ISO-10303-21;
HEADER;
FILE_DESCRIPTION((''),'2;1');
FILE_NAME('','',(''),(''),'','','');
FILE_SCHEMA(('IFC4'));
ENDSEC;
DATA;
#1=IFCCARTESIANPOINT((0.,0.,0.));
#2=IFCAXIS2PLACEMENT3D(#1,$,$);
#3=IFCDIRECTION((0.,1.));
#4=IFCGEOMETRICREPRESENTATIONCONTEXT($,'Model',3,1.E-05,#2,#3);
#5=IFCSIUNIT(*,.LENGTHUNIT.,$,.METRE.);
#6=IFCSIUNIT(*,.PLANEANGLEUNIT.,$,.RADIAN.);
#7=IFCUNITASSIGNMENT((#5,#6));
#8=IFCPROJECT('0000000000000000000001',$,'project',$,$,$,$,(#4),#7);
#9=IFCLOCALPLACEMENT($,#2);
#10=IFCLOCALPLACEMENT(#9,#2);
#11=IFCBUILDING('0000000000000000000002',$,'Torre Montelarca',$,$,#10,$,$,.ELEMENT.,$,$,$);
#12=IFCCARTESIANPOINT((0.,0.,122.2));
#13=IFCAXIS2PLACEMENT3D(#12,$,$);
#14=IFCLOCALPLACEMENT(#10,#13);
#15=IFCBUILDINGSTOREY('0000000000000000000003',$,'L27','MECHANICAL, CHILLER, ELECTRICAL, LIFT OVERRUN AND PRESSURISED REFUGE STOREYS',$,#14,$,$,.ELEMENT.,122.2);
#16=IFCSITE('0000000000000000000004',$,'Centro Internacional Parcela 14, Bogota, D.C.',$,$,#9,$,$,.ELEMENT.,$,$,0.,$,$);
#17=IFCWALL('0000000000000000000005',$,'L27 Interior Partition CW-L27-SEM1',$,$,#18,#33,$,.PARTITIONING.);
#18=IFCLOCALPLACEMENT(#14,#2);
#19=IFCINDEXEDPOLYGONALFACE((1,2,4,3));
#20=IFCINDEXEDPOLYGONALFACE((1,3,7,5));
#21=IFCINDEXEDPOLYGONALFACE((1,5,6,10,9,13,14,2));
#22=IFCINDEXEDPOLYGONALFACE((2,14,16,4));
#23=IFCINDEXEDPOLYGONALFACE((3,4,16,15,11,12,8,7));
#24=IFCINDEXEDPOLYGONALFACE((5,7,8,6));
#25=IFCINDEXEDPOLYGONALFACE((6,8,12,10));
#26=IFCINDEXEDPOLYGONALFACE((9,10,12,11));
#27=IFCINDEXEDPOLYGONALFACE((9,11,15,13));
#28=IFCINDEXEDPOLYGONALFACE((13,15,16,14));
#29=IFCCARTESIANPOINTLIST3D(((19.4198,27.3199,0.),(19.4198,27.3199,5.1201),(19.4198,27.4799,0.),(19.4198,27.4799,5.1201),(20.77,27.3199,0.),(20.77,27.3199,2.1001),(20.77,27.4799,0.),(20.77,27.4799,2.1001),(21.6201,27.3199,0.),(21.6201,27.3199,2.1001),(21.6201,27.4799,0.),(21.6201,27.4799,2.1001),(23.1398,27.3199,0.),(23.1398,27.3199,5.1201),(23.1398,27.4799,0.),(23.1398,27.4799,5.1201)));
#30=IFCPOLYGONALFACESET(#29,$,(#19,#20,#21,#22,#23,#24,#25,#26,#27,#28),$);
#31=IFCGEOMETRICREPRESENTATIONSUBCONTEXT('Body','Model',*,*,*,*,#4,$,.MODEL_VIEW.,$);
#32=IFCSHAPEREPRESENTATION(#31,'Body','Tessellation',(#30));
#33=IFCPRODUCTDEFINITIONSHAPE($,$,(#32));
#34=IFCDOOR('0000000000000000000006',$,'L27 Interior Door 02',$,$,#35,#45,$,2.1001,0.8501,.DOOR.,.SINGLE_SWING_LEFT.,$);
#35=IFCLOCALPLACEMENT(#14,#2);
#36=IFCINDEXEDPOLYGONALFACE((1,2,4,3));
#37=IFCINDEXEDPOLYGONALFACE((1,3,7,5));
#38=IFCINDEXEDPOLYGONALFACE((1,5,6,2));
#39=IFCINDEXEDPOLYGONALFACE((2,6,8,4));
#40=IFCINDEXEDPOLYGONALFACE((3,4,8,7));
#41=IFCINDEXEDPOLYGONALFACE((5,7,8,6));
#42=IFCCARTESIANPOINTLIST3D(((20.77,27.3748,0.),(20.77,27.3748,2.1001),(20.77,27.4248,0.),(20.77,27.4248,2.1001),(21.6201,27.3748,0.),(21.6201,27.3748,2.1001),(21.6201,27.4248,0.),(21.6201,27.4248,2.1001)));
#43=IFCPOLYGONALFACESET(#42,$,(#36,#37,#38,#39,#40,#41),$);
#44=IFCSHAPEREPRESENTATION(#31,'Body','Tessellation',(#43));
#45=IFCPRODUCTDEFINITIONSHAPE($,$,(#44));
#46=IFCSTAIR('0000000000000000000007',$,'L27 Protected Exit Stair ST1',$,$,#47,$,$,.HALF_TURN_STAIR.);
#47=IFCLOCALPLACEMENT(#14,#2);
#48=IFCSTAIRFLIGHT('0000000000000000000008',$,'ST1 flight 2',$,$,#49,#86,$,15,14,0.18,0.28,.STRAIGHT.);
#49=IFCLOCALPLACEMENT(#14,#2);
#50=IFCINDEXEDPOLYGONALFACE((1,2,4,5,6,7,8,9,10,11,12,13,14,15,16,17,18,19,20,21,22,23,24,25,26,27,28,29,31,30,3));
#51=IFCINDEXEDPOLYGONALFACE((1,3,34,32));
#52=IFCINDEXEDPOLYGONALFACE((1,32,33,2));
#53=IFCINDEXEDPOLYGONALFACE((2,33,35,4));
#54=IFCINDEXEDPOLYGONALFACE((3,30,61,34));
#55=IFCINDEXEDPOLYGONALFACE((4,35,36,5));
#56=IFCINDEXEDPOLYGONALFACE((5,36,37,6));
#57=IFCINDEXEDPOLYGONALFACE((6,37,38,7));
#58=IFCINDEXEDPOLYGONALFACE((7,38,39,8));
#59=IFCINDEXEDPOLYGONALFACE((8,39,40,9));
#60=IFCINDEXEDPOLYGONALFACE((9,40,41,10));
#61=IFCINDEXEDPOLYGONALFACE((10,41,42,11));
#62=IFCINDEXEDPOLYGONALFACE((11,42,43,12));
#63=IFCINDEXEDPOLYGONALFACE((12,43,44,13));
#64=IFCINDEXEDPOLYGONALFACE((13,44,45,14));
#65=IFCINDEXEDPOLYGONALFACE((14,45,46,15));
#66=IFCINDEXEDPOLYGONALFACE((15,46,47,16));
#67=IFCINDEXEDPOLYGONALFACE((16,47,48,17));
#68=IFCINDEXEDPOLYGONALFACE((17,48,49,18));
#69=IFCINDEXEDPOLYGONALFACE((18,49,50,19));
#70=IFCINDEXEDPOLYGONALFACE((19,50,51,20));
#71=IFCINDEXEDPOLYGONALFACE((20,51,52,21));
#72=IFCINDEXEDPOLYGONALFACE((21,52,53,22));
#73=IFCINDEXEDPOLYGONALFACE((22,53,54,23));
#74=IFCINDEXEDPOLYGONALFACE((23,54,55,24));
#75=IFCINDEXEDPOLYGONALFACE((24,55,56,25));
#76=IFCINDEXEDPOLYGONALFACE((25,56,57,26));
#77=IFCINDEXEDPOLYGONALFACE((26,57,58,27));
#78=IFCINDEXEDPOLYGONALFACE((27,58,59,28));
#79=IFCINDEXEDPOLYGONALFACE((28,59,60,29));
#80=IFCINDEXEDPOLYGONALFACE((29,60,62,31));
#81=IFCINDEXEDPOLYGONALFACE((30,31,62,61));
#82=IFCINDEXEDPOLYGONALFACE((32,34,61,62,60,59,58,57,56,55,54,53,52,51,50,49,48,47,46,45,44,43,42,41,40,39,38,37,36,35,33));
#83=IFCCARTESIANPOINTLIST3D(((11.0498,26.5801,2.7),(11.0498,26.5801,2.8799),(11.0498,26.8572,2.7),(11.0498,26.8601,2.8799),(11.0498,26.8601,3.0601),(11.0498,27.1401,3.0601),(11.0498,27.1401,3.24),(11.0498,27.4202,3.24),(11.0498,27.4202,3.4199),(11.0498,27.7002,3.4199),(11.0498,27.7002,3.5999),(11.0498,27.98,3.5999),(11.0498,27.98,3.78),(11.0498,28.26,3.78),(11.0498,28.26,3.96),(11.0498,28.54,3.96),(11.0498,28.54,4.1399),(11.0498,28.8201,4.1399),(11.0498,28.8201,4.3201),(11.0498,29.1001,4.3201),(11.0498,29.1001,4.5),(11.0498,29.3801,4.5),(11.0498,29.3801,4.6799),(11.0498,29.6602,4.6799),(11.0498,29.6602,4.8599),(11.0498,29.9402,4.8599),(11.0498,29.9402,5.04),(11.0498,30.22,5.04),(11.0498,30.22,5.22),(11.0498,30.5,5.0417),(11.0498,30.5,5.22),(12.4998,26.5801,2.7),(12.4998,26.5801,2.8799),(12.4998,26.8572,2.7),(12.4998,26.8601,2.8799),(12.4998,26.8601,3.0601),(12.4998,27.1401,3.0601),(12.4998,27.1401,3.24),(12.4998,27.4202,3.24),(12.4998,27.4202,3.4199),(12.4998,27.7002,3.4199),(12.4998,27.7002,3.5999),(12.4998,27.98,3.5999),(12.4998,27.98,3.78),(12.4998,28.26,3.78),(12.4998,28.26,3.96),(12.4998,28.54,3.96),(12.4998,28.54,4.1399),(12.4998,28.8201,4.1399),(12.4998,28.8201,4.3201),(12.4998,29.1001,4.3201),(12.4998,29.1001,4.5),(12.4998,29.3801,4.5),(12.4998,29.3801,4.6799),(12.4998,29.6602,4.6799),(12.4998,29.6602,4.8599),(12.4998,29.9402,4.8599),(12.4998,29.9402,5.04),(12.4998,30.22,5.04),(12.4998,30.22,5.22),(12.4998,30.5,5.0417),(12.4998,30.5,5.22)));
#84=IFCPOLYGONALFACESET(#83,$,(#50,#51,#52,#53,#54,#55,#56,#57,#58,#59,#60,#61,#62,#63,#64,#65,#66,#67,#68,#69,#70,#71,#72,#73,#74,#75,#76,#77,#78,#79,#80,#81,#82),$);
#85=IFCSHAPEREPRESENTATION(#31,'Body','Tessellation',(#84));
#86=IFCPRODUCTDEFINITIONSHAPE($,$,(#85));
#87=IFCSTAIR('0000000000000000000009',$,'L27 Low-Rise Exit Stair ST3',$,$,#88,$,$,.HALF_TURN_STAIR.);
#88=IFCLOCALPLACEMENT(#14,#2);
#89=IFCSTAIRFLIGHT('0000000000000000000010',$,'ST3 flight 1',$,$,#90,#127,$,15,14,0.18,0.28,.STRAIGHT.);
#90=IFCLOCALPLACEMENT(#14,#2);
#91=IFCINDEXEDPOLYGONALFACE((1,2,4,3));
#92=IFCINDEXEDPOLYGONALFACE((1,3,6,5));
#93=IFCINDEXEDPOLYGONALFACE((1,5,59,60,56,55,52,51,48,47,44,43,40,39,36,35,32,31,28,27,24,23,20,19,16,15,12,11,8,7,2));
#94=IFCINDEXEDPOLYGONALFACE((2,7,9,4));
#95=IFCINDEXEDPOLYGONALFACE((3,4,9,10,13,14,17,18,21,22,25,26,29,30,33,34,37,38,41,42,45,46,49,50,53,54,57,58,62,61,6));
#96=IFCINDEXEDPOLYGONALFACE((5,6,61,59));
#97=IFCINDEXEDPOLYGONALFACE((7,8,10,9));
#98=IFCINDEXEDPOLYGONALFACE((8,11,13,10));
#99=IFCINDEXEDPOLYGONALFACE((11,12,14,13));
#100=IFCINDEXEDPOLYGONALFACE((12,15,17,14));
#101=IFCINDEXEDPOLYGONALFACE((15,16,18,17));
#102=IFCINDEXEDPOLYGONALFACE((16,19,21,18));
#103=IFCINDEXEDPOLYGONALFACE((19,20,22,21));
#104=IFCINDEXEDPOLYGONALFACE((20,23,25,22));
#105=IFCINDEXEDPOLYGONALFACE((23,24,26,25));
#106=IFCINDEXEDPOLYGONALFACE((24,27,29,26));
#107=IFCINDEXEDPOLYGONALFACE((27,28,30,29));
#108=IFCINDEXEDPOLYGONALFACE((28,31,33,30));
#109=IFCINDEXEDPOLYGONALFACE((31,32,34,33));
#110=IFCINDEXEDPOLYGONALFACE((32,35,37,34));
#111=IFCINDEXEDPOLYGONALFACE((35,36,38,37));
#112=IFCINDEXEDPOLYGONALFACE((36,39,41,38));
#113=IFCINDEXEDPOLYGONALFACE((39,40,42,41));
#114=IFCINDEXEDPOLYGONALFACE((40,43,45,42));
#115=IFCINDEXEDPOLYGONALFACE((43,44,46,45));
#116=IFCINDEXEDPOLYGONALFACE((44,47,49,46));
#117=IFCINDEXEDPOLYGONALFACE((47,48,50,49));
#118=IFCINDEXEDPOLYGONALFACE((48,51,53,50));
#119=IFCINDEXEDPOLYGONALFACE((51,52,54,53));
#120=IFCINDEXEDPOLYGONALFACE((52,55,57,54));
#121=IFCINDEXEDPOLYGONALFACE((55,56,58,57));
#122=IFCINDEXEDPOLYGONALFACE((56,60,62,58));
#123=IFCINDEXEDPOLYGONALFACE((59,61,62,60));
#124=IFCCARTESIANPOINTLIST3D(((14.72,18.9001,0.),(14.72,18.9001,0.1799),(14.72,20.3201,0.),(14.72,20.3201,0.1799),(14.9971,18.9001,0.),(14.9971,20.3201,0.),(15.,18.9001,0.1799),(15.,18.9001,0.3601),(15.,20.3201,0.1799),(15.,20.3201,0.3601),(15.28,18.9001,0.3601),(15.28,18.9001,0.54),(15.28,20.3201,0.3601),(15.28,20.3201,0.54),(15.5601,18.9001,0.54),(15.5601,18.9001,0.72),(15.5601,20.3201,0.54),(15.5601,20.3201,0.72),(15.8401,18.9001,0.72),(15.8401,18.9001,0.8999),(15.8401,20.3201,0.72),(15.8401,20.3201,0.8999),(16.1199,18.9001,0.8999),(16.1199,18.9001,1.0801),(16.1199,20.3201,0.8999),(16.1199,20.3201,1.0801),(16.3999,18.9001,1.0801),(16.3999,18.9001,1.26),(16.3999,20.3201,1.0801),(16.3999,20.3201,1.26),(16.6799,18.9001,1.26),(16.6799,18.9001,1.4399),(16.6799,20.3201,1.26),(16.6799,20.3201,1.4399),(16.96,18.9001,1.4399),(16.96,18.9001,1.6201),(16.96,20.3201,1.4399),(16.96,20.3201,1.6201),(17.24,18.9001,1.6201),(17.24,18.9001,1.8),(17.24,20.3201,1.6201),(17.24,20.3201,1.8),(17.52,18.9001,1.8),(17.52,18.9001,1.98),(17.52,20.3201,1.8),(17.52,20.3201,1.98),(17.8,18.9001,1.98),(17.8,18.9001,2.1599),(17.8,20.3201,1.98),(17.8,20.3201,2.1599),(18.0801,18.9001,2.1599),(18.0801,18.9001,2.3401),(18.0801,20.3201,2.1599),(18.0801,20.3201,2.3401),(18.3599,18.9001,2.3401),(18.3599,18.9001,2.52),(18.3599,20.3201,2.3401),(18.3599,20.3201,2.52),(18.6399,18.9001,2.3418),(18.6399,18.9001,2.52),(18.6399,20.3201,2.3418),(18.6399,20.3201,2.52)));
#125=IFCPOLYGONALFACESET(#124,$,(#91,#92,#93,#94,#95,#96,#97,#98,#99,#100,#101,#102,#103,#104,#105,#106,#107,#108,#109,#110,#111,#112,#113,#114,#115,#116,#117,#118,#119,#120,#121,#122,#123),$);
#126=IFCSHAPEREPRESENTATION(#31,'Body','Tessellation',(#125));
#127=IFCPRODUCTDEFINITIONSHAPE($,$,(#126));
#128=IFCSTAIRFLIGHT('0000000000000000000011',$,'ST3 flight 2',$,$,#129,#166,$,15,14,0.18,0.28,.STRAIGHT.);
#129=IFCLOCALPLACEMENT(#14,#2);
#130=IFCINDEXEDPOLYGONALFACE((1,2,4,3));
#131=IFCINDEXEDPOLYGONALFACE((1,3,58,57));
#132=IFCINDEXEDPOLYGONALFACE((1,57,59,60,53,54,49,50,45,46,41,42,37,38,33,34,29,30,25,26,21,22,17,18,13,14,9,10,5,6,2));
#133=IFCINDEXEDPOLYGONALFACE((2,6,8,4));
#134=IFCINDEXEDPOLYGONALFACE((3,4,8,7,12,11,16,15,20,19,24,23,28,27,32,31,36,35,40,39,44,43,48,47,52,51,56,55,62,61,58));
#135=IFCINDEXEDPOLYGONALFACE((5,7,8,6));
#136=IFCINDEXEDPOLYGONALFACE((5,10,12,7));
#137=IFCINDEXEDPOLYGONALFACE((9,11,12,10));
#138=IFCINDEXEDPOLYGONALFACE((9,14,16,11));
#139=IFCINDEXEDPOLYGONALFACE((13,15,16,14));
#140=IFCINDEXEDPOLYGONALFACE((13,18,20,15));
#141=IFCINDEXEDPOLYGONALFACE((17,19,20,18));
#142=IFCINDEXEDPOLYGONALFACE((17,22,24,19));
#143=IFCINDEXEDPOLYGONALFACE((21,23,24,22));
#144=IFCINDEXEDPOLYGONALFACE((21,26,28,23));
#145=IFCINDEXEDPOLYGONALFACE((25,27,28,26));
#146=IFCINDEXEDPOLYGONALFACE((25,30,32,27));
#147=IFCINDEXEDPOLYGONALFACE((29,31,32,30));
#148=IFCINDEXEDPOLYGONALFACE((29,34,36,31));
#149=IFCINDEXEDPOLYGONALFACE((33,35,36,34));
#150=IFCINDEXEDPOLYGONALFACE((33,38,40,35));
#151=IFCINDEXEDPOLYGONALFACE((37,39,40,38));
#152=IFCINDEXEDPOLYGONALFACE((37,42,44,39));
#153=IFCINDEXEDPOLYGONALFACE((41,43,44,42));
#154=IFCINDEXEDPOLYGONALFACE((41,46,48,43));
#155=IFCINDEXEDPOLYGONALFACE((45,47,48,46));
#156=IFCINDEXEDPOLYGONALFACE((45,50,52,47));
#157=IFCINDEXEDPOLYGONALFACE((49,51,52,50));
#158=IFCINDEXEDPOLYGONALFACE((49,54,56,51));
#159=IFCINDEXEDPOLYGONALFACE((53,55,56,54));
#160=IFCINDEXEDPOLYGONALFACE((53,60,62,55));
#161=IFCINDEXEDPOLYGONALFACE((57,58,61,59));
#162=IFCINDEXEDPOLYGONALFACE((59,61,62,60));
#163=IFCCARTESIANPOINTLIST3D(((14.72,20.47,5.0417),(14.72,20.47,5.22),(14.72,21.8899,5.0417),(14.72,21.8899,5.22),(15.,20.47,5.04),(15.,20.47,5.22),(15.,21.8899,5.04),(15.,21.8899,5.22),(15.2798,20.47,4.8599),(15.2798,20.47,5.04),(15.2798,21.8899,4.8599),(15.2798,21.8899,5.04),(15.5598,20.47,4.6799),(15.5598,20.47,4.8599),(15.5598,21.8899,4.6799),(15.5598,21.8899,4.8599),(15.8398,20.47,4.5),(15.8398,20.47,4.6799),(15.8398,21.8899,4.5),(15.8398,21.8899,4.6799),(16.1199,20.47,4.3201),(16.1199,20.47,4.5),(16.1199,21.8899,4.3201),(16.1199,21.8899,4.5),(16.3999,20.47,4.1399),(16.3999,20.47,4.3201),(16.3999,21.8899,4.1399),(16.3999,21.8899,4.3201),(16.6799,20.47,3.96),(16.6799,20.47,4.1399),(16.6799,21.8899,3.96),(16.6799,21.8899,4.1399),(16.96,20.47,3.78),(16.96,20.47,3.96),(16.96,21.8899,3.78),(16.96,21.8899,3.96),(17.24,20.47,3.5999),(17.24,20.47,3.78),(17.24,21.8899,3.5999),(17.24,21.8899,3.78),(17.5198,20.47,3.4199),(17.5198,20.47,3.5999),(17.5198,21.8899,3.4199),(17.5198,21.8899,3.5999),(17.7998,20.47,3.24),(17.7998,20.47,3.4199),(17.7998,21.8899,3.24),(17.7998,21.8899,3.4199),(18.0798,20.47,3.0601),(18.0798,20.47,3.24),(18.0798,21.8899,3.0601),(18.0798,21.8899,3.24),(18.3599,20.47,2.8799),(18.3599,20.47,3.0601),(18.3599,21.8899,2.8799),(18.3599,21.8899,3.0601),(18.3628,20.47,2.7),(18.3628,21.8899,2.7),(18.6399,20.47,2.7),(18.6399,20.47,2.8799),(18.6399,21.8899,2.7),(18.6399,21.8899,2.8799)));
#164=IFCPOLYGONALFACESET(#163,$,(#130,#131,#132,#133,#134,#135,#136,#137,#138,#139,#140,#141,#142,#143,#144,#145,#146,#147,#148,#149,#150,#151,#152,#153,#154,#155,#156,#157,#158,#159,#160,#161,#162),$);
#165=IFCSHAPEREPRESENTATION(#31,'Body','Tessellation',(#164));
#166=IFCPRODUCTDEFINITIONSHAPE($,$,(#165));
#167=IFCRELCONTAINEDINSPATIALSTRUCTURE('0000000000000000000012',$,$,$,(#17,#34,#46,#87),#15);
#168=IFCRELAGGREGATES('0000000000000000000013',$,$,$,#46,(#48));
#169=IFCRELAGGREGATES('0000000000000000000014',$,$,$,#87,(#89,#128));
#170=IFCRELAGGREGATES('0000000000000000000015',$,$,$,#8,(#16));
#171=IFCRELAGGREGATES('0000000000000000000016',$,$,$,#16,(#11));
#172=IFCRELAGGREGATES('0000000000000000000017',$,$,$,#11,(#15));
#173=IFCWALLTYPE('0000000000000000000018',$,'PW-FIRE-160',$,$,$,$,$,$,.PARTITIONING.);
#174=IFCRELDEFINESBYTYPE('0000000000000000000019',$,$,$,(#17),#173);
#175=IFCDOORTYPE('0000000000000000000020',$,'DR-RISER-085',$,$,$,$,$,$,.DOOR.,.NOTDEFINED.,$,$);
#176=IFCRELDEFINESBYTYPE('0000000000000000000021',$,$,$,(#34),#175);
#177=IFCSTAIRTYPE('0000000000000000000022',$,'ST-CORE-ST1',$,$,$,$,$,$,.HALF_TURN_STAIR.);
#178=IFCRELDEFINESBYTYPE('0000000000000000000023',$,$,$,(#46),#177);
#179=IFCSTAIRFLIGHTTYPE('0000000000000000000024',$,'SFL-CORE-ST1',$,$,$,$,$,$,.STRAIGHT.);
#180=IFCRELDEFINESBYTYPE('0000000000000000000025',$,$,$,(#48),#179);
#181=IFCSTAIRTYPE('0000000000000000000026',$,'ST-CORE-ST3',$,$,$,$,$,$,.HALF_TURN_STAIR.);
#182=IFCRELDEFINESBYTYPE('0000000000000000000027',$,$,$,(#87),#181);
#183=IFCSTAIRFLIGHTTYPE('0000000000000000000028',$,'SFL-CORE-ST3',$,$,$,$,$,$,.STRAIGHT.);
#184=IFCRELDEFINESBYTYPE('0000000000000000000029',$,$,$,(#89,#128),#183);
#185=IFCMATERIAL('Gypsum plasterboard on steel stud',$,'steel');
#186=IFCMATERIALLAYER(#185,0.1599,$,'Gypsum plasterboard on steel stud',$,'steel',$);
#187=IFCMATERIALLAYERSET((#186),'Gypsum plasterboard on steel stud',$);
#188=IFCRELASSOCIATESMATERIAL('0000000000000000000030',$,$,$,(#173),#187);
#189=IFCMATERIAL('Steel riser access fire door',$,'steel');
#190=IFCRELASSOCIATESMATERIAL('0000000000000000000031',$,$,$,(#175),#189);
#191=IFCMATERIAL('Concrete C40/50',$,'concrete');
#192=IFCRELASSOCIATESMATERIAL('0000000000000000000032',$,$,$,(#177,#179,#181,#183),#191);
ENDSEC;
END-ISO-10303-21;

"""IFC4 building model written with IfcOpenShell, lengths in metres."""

from ifc_helpers import new_model, si_unit, direction, frame, frame_2d, origin, place, context, subcontext, project, spatial, polyline, rectangle, outline, extrude, source, transform, mapped, material, layer, layer_set, type_object, element, fill, aggregate, save


model = new_model("IFC4")

# Units and contexts
model_context = context("Model", 3, precision=1e-05, world=origin(), true_north=direction((0.0, 1.0)))
body_context = subcontext(model_context, "Body", "Model", "MODEL_VIEW")
ifc_project = project(units=[si_unit("LENGTHUNIT", "METRE"), si_unit("PLANEANGLEUNIT", "RADIAN")], contexts=[model_context])

# Site, building, storey
site_placement = place(None, origin())
site = spatial("IfcSite", under=ifc_project, at=site_placement, Name="Centro Internacional Parcela 14, Bogota, D.C.", CompositionType="ELEMENT", RefElevation=0.0)
building_placement = place(site_placement, origin())
building = spatial("IfcBuilding", under=site, at=building_placement, Name="Torre Montelarca", CompositionType="ELEMENT")
storey_placement = place(building_placement, frame((0.0, 0.0, 122.2)))
storey = spatial("IfcBuildingStorey", under=building, at=storey_placement, Name="L27", Description="MECHANICAL, CHILLER, ELECTRICAL, LIFT OVERRUN AND PRESSURISED REFUGE STOREYS", CompositionType="ELEMENT", Elevation=122.2)

# Shared definitions
ifc_material_1 = material(Name="Concrete C40/50", Category="concrete")

# Wall, opening, door
ifc_material_2 = material(Name="Gypsum plasterboard on steel stud", Category="steel")
ifc_layer_1 = layer(ifc_material_2, 0.1599, Name="Gypsum plasterboard on steel stud", Category="steel")
ifc_layer_set_1 = layer_set([ifc_layer_1], Name="Gypsum plasterboard on steel stud")
wall_type_1 = type_object("IfcWallType", Name="PW-FIRE-160", PredefinedType="PARTITIONING", material=ifc_layer_set_1)
wall_1_placement = place(storey_placement, frame((19.4199, 27.3999, 0.0), z_axis=(0.0, 0.0, 1.0), x_axis=(1.0, 0.0, 0.0)))
wall_1 = element("IfcWall", 1, at=wall_1_placement, inside=storey, type_object=wall_type_1, Name="L27 Interior Partition CW-L27-SEM1", PredefinedType="PARTITIONING", context=body_context, shape_type="SweptSolid", body=[
    extrude(rectangle(XDim=3.72, YDim=0.1599, at=frame_2d((1.8599, 0.0))), origin(), (0.0, 0.0, 1.0), 5.1201),
])
opening_1_placement = place(wall_1_placement, frame((1.3501, 0.0, 0.0)))
opening_1 = element("IfcOpeningElement", 2, at=opening_1_placement, cuts=wall_1, PredefinedType="OPENING", context=body_context, shape_type="SweptSolid", body=[
    extrude(rectangle(XDim=0.8501, YDim=2.1001, at=frame_2d((0.425, 1.05))), frame((0.0, 0.0898, 0.0), z_axis=(0.0, -1.0, 0.0), x_axis=(1.0, 0.0, 0.0)), (0.0, 0.0, 1.0), 0.1799),
])
ifc_material_3 = material(Name="Steel riser access fire door", Category="steel")
door_type_1 = type_object("IfcDoorType", Name="DR-RISER-085", OperationType="NOTDEFINED", PredefinedType="DOOR", material=ifc_material_3)
shared_shape_1 = source(origin(), body_context, "Body", "SweptSolid", [
    extrude(rectangle(XDim=0.8501, YDim=2.1001, at=frame_2d((0.425, 1.05))), frame((0.0, 0.0249, 0.0), z_axis=(0.0, -1.0, 0.0), x_axis=(1.0, 0.0, 0.0)), (0.0, 0.0, 1.0), 0.05),
])
door_1_placement = place(opening_1_placement, origin())
door_1 = element("IfcDoor", 3, at=door_1_placement, inside=storey, type_object=door_type_1, Name="L27 Interior Door 02", OperationType="SINGLE_SWING_LEFT", OverallHeight=2.1001, OverallWidth=0.8501, PredefinedType="DOOR", context=body_context, shape_type="MappedRepresentation", body=[
    mapped(shared_shape_1, transform((0.0, 0.0, 0.0), scale=1.0)),
])
fill(opening_1, door_1)

# Stair, stair flight
stair_type_1 = type_object("IfcStairType", Name="ST-CORE-ST1", PredefinedType="HALF_TURN_STAIR", material=ifc_material_1)
stair_1_placement = place(storey_placement, origin())
stair_1 = element("IfcStair", 4, at=stair_1_placement, inside=storey, type_object=stair_type_1, Name="L27 Protected Exit Stair ST1", PredefinedType="HALF_TURN_STAIR")
stair_flight_type_1 = type_object("IfcStairFlightType", Name="SFL-CORE-ST1", PredefinedType="STRAIGHT", material=ifc_material_1)
stair_flight_1_placement = place(storey_placement, frame((11.7749, 26.5801, 2.7), z_axis=(0.0, 0.0, 1.0), x_axis=(0.0, 1.0, 0.0)))
stair_flight_1 = element("IfcStairFlight", 5, at=stair_flight_1_placement, type_object=stair_flight_type_1, Name="ST1 flight 2", NumberOfRisers=15, NumberOfTreads=14, PredefinedType="STRAIGHT", RiserHeight=0.18, TreadLength=0.28, context=body_context, shape_type="SweptSolid", body=[
    extrude(outline(polyline([(0.0, 0.0), (0.0, 0.1799), (0.28, 0.1799), (0.28, 0.3601), (0.5601, 0.3601), (0.5601, 0.54), (0.8401, 0.54), (0.8401, 0.72), (1.1201, 0.72), (1.1201, 0.8999), (1.3999, 0.8999), (1.3999, 1.0801), (1.6799, 1.0801), (1.6799, 1.26), (1.96, 1.26), (1.96, 1.4399), (2.24, 1.4399), (2.24, 1.6201), (2.52, 1.6201), (2.52, 1.8), (2.8, 1.8), (2.8, 1.98), (3.0801, 1.98), (3.0801, 2.1599), (3.3601, 2.1599), (3.3601, 2.3401), (3.6399, 2.3401), (3.6399, 2.52), (3.9199, 2.52), (3.9199, 2.7), (3.9199, 2.3418), (0.2771, 0.0), (0.0, 0.0)])), frame((0.0, 0.7251, 0.0), z_axis=(0.0, -1.0, 0.0), x_axis=(1.0, 0.0, 0.0)), (0.0, 0.0, 1.0), 1.45),
])
aggregate(stair_1, [stair_flight_1])

# Stair, stair flights
stair_type_2 = type_object("IfcStairType", Name="ST-CORE-ST3", PredefinedType="HALF_TURN_STAIR", material=ifc_material_1)
stair_2_placement = place(storey_placement, origin())
stair_2 = element("IfcStair", 6, at=stair_2_placement, inside=storey, type_object=stair_type_2, Name="L27 Low-Rise Exit Stair ST3", PredefinedType="HALF_TURN_STAIR")
stair_flight_type_2 = type_object("IfcStairFlightType", Name="SFL-CORE-ST3", PredefinedType="STRAIGHT", material=ifc_material_1)
stair_flight_2_placement = place(storey_placement, frame((14.72, 19.6101, 0.0), z_axis=(0.0, 0.0, 1.0), x_axis=(1.0, 0.0, 0.0)))
stair_flight_2 = element("IfcStairFlight", 7, at=stair_flight_2_placement, type_object=stair_flight_type_2, Name="ST3 flight 1", NumberOfRisers=15, NumberOfTreads=14, PredefinedType="STRAIGHT", RiserHeight=0.18, TreadLength=0.28, context=body_context, shape_type="SweptSolid", body=[
    extrude(outline(polyline([(0.0, 0.0), (0.0, 0.1799), (0.28, 0.1799), (0.28, 0.3601), (0.5601, 0.3601), (0.5601, 0.54), (0.8401, 0.54), (0.8401, 0.72), (1.1201, 0.72), (1.1201, 0.8999), (1.3999, 0.8999), (1.3999, 1.0801), (1.6799, 1.0801), (1.6799, 1.26), (1.96, 1.26), (1.96, 1.4399), (2.24, 1.4399), (2.24, 1.6201), (2.52, 1.6201), (2.52, 1.8), (2.8, 1.8), (2.8, 1.98), (3.0801, 1.98), (3.0801, 2.1599), (3.3601, 2.1599), (3.3601, 2.3401), (3.6399, 2.3401), (3.6399, 2.52), (3.9199, 2.52), (3.9199, 2.7), (3.9199, 2.3418), (0.2771, 0.0), (0.0, 0.0)])), frame((0.0, 0.71, 0.0), z_axis=(0.0, -1.0, 0.0), x_axis=(1.0, 0.0, 0.0)), (0.0, 0.0, 1.0), 1.4199),
])
stair_flight_3_placement = place(storey_placement, frame((18.6399, 21.1799, 2.7), z_axis=(0.0, 0.0, 1.0), x_axis=(-1.0, 0.0, 0.0)))
stair_flight_3 = element("IfcStairFlight", 8, at=stair_flight_3_placement, type_object=stair_flight_type_2, Name="ST3 flight 2", NumberOfRisers=15, NumberOfTreads=14, PredefinedType="STRAIGHT", RiserHeight=0.18, TreadLength=0.28, context=body_context, shape_type="SweptSolid", body=[
    extrude(outline(polyline([(0.0, 0.0), (0.0, 0.1799), (0.28, 0.1799), (0.28, 0.3601), (0.5601, 0.3601), (0.5601, 0.54), (0.8401, 0.54), (0.8401, 0.72), (1.1201, 0.72), (1.1201, 0.8999), (1.3999, 0.8999), (1.3999, 1.0801), (1.6799, 1.0801), (1.6799, 1.26), (1.96, 1.26), (1.96, 1.4399), (2.24, 1.4399), (2.24, 1.6201), (2.52, 1.6201), (2.52, 1.8), (2.8, 1.8), (2.8, 1.98), (3.0801, 1.98), (3.0801, 2.1599), (3.3601, 2.1599), (3.3601, 2.3401), (3.6399, 2.3401), (3.6399, 2.52), (3.9199, 2.52), (3.9199, 2.7), (3.9199, 2.3418), (0.2771, 0.0), (0.0, 0.0)])), frame((0.0, 0.71, 0.0), z_axis=(0.0, -1.0, 0.0), x_axis=(1.0, 0.0, 0.0)), (0.0, 0.0, 1.0), 1.4199),
])
aggregate(stair_2, [stair_flight_2, stair_flight_3])

save(model, "model.ifc")
